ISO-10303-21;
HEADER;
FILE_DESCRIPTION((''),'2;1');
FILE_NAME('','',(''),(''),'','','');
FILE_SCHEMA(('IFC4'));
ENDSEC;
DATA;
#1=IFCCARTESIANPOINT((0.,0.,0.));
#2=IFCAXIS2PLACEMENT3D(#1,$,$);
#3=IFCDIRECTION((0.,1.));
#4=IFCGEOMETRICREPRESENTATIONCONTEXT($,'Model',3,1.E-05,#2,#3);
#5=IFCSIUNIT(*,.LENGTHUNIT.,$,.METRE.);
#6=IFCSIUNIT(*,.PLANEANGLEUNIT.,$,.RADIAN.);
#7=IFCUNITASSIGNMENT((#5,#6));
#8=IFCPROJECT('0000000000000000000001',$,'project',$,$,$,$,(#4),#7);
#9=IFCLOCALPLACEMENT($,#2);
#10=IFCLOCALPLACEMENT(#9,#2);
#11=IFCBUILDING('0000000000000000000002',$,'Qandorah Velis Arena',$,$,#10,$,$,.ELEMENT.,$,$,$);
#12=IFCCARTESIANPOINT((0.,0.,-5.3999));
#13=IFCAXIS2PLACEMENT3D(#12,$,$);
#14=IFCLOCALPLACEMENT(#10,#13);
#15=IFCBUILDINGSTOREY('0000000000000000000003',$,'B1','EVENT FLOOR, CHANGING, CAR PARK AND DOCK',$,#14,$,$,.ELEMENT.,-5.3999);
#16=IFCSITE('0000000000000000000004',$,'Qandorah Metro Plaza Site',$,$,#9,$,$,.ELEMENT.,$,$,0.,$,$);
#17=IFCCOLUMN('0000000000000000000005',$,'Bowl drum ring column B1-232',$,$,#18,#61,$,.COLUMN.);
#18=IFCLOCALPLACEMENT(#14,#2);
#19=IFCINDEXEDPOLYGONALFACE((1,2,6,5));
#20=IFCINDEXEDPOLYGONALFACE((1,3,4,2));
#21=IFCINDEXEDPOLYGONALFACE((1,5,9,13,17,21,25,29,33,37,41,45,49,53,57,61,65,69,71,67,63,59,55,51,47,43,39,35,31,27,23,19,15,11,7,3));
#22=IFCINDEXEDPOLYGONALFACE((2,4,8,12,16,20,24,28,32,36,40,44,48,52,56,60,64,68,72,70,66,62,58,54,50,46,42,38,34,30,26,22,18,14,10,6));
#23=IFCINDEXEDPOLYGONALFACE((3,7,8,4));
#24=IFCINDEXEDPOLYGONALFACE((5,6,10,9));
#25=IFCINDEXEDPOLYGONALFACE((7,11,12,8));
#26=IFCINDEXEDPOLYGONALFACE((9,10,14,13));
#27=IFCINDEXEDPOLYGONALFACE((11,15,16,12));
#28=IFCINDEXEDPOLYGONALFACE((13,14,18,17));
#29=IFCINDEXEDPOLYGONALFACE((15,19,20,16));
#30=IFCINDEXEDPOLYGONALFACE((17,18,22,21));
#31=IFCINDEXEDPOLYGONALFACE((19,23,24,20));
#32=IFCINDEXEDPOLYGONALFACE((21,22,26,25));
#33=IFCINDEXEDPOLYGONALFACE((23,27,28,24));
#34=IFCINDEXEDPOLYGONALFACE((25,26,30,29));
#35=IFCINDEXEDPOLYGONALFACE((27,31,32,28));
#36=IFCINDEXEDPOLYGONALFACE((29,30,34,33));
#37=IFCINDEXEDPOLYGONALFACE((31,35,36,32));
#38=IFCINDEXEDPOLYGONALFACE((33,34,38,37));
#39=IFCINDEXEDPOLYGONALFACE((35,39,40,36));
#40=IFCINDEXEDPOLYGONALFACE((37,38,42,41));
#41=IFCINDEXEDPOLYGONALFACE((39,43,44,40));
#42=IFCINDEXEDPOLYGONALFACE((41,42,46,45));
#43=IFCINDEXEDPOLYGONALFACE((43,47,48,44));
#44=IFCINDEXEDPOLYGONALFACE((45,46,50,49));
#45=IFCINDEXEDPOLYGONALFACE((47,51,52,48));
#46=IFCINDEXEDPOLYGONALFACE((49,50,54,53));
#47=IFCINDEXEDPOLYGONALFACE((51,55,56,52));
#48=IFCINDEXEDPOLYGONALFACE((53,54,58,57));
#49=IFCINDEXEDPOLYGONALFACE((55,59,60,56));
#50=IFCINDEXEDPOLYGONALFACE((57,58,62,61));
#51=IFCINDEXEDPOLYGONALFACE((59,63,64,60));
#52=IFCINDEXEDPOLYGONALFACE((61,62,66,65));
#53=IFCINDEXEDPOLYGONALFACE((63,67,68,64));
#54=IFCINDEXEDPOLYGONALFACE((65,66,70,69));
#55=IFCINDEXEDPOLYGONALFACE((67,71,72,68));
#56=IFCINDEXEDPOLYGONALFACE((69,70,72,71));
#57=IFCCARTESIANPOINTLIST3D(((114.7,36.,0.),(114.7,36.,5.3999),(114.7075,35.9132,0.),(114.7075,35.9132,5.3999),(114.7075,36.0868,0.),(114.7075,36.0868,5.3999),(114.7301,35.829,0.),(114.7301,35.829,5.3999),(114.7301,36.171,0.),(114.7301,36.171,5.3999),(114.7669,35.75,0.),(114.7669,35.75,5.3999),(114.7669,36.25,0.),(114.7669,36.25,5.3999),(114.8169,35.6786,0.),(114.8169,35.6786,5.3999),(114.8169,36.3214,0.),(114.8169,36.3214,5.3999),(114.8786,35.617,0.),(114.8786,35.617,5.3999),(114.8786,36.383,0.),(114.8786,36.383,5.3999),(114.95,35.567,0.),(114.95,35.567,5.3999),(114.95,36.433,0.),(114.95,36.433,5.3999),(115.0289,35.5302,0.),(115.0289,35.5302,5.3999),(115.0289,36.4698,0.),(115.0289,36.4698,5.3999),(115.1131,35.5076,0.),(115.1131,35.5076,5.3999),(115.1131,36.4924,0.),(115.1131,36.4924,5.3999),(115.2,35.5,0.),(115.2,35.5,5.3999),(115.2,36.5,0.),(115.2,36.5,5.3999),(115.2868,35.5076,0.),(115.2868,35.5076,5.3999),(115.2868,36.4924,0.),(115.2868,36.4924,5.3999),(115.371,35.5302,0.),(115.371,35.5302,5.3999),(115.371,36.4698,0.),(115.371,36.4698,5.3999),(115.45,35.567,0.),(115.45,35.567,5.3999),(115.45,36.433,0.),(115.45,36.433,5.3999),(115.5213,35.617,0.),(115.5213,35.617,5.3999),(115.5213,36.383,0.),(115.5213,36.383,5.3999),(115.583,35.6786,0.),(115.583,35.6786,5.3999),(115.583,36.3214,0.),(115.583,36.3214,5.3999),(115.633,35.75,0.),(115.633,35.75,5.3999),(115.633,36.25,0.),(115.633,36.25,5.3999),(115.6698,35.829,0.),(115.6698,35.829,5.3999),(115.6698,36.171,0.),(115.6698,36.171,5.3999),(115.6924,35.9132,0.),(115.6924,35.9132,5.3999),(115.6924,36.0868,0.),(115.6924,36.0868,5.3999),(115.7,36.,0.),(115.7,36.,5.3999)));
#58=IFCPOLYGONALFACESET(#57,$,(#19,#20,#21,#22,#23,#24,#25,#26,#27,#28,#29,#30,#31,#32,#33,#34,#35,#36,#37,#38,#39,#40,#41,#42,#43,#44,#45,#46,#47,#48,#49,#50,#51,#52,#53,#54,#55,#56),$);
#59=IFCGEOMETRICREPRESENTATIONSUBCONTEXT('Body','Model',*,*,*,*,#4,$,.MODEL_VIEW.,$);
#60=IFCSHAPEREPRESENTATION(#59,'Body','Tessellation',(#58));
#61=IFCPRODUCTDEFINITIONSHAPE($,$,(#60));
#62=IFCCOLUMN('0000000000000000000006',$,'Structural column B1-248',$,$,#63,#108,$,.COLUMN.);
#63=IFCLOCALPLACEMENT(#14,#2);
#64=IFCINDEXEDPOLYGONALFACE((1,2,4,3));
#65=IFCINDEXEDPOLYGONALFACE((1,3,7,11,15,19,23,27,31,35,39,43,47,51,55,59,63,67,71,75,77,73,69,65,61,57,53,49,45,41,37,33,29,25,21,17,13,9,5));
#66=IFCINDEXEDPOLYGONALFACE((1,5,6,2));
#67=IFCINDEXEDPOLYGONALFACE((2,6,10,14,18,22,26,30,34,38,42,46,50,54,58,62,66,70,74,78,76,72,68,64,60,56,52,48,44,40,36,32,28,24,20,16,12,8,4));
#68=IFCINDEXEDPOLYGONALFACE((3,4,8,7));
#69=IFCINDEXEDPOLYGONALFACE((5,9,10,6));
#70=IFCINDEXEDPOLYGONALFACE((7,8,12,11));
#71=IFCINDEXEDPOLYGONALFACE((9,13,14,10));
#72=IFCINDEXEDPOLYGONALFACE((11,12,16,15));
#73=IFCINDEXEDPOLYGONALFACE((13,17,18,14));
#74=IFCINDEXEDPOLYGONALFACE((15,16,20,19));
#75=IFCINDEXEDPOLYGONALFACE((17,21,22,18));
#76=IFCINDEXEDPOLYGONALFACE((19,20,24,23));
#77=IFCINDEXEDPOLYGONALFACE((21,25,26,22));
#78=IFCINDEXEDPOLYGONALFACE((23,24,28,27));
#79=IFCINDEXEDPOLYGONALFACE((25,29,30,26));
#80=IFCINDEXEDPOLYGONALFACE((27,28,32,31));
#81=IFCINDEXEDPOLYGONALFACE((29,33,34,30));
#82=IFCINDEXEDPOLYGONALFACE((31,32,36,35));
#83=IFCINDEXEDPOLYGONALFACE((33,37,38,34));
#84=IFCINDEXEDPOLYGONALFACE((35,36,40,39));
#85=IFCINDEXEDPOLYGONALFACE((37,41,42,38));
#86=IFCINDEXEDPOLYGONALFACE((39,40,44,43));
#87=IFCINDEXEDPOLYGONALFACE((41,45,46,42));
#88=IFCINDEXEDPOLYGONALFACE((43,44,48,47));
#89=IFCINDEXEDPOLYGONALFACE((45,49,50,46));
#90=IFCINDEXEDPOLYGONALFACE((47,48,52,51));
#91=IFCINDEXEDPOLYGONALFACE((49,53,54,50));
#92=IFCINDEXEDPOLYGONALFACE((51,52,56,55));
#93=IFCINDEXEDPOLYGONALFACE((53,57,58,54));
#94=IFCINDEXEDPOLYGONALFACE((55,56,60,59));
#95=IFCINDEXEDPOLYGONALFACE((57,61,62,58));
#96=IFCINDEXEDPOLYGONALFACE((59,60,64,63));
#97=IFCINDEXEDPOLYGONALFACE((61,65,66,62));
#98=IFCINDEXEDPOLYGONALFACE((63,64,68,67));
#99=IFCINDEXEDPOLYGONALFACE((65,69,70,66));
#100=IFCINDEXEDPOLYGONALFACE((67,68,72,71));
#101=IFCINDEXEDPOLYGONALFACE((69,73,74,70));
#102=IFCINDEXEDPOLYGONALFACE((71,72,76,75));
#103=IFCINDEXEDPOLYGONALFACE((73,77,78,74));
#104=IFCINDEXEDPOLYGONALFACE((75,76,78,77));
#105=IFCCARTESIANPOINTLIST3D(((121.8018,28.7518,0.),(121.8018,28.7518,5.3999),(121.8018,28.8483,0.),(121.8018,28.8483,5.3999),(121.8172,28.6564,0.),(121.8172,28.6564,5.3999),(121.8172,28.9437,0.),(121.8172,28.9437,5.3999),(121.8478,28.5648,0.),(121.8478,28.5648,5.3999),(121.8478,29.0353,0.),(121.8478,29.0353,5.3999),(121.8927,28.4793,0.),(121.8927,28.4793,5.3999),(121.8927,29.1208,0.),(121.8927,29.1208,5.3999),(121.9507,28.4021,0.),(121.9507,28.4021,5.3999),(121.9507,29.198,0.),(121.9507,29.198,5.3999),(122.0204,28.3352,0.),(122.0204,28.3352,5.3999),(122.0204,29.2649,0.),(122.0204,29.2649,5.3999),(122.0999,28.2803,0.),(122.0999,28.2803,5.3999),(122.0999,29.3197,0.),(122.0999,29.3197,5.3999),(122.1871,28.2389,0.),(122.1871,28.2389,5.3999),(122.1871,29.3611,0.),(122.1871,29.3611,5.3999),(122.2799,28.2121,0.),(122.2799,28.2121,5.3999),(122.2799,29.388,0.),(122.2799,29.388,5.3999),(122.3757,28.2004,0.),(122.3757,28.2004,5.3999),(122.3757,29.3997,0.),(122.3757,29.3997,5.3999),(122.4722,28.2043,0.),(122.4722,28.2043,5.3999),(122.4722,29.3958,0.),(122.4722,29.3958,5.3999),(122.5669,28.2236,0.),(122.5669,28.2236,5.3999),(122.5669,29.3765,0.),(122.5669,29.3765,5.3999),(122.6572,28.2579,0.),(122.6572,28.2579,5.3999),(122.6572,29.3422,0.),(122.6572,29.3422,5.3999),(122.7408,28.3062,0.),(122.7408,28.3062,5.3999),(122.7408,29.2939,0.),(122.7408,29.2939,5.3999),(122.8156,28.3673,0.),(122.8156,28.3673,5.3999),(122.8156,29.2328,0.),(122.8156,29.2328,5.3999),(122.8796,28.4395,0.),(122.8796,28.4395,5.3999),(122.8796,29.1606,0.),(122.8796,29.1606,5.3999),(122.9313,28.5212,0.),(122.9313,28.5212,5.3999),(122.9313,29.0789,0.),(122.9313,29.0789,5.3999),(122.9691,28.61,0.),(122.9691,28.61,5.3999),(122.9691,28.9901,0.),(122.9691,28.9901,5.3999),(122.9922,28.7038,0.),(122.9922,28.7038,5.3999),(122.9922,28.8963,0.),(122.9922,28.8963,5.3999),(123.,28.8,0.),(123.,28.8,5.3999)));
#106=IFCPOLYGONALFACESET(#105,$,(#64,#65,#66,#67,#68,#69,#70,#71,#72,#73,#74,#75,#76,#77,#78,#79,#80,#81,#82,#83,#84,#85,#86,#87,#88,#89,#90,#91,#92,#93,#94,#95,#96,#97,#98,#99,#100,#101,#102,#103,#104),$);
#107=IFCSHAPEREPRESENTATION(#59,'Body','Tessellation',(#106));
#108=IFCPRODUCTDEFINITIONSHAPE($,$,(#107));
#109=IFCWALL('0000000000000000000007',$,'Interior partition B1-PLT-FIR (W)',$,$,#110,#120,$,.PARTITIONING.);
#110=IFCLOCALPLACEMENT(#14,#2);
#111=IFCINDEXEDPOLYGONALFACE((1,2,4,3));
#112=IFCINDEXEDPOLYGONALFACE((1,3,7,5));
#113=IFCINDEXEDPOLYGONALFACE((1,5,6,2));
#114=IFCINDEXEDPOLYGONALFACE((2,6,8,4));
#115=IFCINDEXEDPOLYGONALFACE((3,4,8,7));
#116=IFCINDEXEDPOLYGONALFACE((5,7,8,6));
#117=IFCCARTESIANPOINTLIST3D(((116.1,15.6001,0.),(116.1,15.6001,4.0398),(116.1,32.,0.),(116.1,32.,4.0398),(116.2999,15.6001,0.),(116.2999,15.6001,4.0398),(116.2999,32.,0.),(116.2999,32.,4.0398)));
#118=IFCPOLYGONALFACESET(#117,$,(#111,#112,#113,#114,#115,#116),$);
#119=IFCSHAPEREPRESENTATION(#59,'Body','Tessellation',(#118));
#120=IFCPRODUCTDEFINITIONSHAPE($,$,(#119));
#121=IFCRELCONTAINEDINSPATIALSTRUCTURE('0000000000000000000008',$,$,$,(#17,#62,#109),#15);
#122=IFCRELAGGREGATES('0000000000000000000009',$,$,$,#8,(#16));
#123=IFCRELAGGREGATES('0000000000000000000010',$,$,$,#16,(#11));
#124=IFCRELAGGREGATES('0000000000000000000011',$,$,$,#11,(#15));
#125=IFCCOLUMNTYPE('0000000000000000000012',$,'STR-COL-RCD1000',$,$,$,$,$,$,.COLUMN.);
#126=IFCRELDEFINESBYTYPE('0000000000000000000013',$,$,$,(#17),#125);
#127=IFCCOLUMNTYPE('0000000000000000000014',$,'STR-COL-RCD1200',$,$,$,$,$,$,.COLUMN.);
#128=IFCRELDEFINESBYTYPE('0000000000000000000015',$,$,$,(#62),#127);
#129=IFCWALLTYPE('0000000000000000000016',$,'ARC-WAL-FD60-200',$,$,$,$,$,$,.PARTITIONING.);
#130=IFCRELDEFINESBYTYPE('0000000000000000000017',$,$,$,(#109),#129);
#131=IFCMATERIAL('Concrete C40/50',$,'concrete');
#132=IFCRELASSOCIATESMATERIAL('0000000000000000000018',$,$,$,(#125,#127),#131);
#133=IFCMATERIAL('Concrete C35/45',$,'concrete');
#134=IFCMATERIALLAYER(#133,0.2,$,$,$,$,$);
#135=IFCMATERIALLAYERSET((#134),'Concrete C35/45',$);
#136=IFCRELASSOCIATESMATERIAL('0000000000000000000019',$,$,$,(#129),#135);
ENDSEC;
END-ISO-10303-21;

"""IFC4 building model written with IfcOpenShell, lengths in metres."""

from ifc_helpers import new_model, si_unit, direction, frame, frame_2d, origin, origin_2d, place, context, subcontext, project, spatial, rectangle, circle, extrude, material, layer, layer_set, material_profile, profile_set, type_object, element, save


model = new_model("IFC4")

# Units and contexts
model_context = context("Model", 3, precision=1e-05, world=origin(), true_north=direction((0.0, 1.0)))
body_context = subcontext(model_context, "Body", "Model", "MODEL_VIEW")
ifc_project = project(units=[si_unit("LENGTHUNIT", "METRE"), si_unit("PLANEANGLEUNIT", "RADIAN")], contexts=[model_context])

# Site, building, storey
site_placement = place(None, origin())
site = spatial("IfcSite", under=ifc_project, at=site_placement, Name="Qandorah Metro Plaza Site", CompositionType="ELEMENT", RefElevation=0.0)
building_placement = place(site_placement, origin())
building = spatial("IfcBuilding", under=site, at=building_placement, Name="Qandorah Velis Arena", CompositionType="ELEMENT")
storey_placement = place(building_placement, frame((0.0, 0.0, -5.3999)))
storey = spatial("IfcBuildingStorey", under=building, at=storey_placement, Name="B1", Description="EVENT FLOOR, CHANGING, CAR PARK AND DOCK", CompositionType="ELEMENT", Elevation=-5.3999)

# Shared definitions
ifc_material_1 = material(Name="Concrete C40/50", Category="concrete")

# Columns
ifc_material_profile_1 = material_profile(ifc_material_1, circle(Radius=0.5, at=origin_2d()), Name="RC D1000")
ifc_profile_set_1 = profile_set([ifc_material_profile_1], Name="Concrete C40/50")
column_type_1 = type_object("IfcColumnType", Name="STR-COL-RCD1000", PredefinedType="COLUMN", material=ifc_profile_set_1)
column_1_placement = place(storey_placement, frame((115.2, 36.0, 0.0), z_axis=(0.0, 0.0, 1.0), x_axis=(1.0, 0.0, 0.0)))
element("IfcColumn", 1, at=column_1_placement, inside=storey, type_object=column_type_1, Name="Bowl drum ring column B1-232", PredefinedType="COLUMN", context=body_context, shape_type="SweptSolid", body=[
    extrude(circle(Radius=0.5, at=origin_2d()), origin(), (0.0, 0.0, 1.0), 5.3999),
])
ifc_material_profile_2 = material_profile(ifc_material_1, circle(Radius=0.6001, at=origin_2d()), Name="RC D1200")
ifc_profile_set_2 = profile_set([ifc_material_profile_2], Name="Concrete C40/50")
column_type_2 = type_object("IfcColumnType", Name="STR-COL-RCD1200", PredefinedType="COLUMN", material=ifc_profile_set_2)
column_2_placement = place(storey_placement, frame((122.3999, 28.8, 0.0), z_axis=(0.0, 0.0, 1.0), x_axis=(1.0, 0.0, 0.0)))
element("IfcColumn", 2, at=column_2_placement, inside=storey, type_object=column_type_2, Name="Structural column B1-248", PredefinedType="COLUMN", context=body_context, shape_type="SweptSolid", body=[
    extrude(circle(Radius=0.6001, at=origin_2d()), origin(), (0.0, 0.0, 1.0), 5.3999),
])

# Wall
ifc_material_2 = material(Name="Concrete C35/45", Category="concrete")
ifc_layer = layer(ifc_material_2, 0.2)
ifc_layer_set = layer_set([ifc_layer], Name="Concrete C35/45")
wall_type = type_object("IfcWallType", Name="ARC-WAL-FD60-200", PredefinedType="PARTITIONING", material=ifc_layer_set)
wall_placement = place(storey_placement, frame((116.2, 32.0, 0.0), z_axis=(0.0, 0.0, 1.0), x_axis=(0.0, -1.0, 0.0)))
element("IfcWall", 3, at=wall_placement, inside=storey, type_object=wall_type, Name="Interior partition B1-PLT-FIR (W)", PredefinedType="PARTITIONING", context=body_context, shape_type="SweptSolid", body=[
    extrude(rectangle(XDim=16.3999, YDim=0.2, at=frame_2d((8.2, 0.0))), origin(), (0.0, 0.0, 1.0), 4.0398),
])

save(model, "model.ifc")
